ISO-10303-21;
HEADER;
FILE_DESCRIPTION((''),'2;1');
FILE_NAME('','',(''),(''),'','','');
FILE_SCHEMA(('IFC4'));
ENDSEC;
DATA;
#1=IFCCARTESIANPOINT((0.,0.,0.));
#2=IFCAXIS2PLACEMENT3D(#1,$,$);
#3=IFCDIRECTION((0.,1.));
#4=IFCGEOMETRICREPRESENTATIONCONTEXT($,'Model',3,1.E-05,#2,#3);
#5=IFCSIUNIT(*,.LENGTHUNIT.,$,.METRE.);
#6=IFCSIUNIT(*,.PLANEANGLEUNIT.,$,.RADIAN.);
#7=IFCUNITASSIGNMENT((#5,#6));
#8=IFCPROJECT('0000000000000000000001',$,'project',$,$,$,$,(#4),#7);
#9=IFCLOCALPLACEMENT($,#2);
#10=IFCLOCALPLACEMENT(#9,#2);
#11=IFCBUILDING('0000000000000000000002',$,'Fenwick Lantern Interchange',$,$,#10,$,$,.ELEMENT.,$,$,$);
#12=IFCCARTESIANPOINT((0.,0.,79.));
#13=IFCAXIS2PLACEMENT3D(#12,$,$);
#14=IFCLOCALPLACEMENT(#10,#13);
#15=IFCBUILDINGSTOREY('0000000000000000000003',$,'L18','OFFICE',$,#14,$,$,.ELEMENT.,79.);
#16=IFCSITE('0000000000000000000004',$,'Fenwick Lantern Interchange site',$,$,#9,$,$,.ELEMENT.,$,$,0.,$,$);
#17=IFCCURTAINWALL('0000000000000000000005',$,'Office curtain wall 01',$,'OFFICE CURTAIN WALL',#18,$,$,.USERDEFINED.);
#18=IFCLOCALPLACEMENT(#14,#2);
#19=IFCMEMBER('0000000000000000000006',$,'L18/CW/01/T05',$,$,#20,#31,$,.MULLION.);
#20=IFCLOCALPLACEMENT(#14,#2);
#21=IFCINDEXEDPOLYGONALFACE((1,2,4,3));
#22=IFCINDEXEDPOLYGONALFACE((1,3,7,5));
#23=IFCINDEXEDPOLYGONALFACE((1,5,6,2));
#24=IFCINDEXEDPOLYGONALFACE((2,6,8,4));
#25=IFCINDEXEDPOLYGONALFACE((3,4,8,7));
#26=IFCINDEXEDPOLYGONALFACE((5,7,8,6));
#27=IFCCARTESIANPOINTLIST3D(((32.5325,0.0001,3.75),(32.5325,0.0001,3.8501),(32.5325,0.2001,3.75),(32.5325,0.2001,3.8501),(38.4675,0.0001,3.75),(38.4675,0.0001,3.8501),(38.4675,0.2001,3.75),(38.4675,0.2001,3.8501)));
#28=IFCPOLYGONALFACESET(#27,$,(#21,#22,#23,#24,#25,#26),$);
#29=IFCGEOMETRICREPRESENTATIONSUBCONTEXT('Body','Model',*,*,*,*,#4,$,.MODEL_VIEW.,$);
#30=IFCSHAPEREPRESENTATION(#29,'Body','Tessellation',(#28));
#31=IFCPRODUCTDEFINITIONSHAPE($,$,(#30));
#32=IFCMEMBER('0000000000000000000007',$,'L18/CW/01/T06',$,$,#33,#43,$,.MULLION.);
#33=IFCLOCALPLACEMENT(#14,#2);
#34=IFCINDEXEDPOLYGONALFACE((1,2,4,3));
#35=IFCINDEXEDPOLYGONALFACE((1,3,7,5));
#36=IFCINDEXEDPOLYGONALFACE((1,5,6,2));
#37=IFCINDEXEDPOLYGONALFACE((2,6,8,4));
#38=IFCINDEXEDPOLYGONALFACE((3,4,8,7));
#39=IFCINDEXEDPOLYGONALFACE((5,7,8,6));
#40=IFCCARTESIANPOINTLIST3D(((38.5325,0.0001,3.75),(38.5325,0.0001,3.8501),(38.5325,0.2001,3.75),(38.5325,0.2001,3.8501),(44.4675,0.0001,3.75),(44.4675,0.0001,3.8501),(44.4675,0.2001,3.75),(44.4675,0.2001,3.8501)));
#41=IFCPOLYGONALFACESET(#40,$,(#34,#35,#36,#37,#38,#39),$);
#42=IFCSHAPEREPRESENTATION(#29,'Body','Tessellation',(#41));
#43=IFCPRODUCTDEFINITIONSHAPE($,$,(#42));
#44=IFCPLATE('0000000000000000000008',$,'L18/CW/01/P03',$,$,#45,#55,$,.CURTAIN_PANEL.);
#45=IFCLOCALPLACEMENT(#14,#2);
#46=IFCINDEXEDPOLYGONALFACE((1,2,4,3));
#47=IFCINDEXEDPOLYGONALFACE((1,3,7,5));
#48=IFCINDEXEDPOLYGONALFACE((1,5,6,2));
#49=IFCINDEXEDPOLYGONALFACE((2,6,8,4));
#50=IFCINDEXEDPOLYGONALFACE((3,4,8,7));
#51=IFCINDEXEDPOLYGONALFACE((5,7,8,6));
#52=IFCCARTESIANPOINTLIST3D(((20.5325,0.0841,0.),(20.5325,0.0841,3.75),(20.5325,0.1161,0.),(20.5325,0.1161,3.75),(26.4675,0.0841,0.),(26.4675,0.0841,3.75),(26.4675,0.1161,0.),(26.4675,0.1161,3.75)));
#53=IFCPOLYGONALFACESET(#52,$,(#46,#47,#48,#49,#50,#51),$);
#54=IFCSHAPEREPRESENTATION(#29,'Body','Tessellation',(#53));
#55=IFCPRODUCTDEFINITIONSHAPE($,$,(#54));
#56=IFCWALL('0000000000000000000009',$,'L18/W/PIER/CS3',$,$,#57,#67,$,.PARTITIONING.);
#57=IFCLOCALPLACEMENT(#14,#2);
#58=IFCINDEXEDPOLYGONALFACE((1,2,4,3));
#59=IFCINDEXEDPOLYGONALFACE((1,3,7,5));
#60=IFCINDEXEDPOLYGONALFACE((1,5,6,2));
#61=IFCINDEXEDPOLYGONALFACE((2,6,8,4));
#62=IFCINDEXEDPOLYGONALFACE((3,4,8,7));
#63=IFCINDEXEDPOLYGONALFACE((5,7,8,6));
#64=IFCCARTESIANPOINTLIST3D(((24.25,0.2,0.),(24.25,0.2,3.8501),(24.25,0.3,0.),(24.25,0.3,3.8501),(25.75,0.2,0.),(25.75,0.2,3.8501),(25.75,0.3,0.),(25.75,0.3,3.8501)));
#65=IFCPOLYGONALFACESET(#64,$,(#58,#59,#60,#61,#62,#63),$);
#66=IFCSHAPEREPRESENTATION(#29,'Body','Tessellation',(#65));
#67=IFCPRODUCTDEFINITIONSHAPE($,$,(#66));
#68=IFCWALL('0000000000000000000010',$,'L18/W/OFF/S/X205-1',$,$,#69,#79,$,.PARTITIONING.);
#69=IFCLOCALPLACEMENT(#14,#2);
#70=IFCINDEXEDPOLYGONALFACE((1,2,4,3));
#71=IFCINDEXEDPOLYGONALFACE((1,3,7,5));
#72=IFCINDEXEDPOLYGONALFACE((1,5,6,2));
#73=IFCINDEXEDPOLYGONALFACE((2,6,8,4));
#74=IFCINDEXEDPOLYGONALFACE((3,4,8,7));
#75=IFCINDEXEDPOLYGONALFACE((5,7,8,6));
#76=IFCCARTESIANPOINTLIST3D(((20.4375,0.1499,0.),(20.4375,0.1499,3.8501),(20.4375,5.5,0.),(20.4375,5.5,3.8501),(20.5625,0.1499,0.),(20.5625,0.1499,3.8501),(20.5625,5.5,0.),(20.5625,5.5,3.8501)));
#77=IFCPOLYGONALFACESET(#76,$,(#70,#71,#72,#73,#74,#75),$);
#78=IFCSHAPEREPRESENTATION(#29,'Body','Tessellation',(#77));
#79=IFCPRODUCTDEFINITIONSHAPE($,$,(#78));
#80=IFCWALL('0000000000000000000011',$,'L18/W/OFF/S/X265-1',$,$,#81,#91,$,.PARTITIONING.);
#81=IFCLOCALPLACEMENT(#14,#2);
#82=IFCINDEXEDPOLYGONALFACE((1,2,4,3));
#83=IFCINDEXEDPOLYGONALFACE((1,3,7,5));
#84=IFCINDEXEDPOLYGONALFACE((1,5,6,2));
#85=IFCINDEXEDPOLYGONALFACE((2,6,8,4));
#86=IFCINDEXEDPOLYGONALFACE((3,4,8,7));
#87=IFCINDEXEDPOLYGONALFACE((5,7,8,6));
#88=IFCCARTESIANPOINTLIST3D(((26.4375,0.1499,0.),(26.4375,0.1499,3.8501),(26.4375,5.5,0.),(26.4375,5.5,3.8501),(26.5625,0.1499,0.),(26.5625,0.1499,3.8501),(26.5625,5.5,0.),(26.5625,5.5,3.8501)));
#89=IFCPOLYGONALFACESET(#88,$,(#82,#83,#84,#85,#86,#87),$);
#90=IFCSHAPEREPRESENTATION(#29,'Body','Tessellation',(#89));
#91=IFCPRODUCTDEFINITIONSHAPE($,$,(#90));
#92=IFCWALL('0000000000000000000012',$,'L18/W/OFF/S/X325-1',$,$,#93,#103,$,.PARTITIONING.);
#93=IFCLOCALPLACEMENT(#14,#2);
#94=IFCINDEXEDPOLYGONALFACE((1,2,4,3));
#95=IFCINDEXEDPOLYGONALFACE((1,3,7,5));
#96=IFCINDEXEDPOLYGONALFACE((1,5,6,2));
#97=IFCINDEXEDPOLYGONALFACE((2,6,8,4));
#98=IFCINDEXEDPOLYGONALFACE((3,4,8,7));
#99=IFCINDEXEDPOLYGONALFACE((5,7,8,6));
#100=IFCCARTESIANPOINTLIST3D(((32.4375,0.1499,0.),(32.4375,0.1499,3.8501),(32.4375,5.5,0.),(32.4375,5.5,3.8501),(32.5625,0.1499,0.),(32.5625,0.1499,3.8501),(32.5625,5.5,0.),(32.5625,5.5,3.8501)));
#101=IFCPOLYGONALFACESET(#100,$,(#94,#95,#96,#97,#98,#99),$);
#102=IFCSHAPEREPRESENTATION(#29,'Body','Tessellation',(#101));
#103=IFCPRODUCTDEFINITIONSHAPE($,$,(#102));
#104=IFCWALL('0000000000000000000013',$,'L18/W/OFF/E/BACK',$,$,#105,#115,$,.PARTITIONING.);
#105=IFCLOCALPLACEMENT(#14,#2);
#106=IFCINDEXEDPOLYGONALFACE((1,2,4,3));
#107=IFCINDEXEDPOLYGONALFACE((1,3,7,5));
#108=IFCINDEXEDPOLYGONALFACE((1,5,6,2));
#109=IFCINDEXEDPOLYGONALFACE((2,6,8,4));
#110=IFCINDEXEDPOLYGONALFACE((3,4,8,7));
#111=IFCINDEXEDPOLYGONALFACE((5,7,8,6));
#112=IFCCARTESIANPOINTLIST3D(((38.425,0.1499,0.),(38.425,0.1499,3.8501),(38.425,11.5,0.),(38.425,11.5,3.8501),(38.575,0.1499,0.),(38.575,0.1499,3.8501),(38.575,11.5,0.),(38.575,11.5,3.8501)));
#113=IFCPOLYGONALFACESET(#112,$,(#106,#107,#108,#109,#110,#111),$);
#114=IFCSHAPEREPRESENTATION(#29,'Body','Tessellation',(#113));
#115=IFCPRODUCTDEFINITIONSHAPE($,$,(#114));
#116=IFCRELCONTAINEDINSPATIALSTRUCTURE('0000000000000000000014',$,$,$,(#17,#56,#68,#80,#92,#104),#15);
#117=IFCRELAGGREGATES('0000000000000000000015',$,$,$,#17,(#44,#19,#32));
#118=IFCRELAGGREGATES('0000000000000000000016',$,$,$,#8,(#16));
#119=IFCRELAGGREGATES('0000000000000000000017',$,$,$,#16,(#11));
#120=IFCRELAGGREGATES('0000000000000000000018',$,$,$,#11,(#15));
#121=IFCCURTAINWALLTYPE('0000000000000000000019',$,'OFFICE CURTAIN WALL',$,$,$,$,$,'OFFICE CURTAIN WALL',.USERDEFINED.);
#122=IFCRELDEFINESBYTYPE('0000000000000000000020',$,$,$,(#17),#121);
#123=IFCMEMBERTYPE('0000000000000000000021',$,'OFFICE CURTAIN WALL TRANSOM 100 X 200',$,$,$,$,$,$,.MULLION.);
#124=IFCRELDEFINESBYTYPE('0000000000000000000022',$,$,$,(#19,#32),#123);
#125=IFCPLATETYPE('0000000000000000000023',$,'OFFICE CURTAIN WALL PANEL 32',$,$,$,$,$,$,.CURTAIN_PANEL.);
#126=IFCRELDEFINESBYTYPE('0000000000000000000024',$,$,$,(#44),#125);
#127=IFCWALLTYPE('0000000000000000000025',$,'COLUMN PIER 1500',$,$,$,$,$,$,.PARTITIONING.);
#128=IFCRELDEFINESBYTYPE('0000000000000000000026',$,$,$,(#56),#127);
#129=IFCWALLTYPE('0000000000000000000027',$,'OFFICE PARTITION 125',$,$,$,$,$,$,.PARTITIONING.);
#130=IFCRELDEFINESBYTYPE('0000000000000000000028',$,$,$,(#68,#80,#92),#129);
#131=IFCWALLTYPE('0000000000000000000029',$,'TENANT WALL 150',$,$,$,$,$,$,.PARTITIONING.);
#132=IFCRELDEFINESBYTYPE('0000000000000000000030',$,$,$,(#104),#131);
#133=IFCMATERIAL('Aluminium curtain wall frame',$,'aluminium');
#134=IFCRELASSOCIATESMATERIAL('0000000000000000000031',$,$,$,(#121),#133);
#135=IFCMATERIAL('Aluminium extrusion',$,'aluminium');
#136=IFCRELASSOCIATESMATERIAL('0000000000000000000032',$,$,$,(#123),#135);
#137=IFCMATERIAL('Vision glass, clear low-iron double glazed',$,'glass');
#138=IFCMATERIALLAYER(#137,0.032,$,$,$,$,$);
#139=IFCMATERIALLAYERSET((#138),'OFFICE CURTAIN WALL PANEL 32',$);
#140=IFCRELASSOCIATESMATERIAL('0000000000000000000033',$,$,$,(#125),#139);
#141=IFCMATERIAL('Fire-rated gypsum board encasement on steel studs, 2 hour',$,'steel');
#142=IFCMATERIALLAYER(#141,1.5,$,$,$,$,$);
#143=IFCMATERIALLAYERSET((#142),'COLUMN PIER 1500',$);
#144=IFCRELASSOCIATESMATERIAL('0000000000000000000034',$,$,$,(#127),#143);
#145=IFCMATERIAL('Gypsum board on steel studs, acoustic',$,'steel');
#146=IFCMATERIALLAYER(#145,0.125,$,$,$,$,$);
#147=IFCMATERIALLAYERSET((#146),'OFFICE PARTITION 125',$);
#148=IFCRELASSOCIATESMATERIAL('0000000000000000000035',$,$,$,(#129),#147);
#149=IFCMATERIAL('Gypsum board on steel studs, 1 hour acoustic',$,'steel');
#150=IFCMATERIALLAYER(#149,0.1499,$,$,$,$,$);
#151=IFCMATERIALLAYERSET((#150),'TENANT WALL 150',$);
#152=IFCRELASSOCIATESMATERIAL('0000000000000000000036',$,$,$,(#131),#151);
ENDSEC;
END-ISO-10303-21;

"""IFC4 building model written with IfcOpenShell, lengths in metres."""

from ifc_helpers import new_model, si_unit, direction, frame, frame_2d, origin, origin_2d, place, context, subcontext, project, spatial, rectangle, extrude, material, layer, layer_set, material_profile, profile_set, type_object, element, aggregate, save


model = new_model("IFC4")

# Units and contexts
model_context = context("Model", 3, precision=1e-05, world=origin(), true_north=direction((0.0, 1.0)))
body_context = subcontext(model_context, "Body", "Model", "MODEL_VIEW")
ifc_project = project(units=[si_unit("LENGTHUNIT", "METRE"), si_unit("PLANEANGLEUNIT", "RADIAN")], contexts=[model_context])

# Site, building, storey
site_placement = place(None, origin())
site = spatial("IfcSite", under=ifc_project, at=site_placement, Name="Fenwick Lantern Interchange site", CompositionType="ELEMENT", RefElevation=0.0)
building_placement = place(site_placement, origin())
building = spatial("IfcBuilding", under=site, at=building_placement, Name="Fenwick Lantern Interchange", CompositionType="ELEMENT")
storey_placement = place(building_placement, frame((0.0, 0.0, 79.0)))
storey = spatial("IfcBuildingStorey", under=building, at=storey_placement, Name="L18", Description="OFFICE", CompositionType="ELEMENT", Elevation=79.0)

# Curtain wall, members, plate
ifc_material_1 = material(Name="Aluminium curtain wall frame", Category="aluminium")
curtain_wall_type = type_object("IfcCurtainWallType", Name="OFFICE CURTAIN WALL", ElementType="OFFICE CURTAIN WALL", PredefinedType="USERDEFINED", material=ifc_material_1)
curtain_wall_placement = place(storey_placement, origin())
curtain_wall = element("IfcCurtainWall", 1, at=curtain_wall_placement, inside=storey, type_object=curtain_wall_type, Name="Office curtain wall 01", ObjectType="OFFICE CURTAIN WALL", PredefinedType="USERDEFINED")
ifc_material_2 = material(Name="Aluminium extrusion", Category="aluminium")
ifc_material_profile_1 = material_profile(ifc_material_2, rectangle(XDim=0.2, YDim=0.1001, at=origin_2d()), Name="OFFICE CURTAIN WALL TRANSOM 100 X 200")
ifc_profile_set_1 = profile_set([ifc_material_profile_1], Name="Aluminium extrusion")
member_type_1 = type_object("IfcMemberType", Name="OFFICE CURTAIN WALL TRANSOM 100 X 200", PredefinedType="MULLION", material=ifc_profile_set_1)
member_1_placement = place(storey_placement, frame((32.5325, 0.1001, 3.8), z_axis=(1.0, 0.0, 0.0), x_axis=(0.0, 1.0, 0.0)))
member_1 = element("IfcMember", 2, at=member_1_placement, type_object=member_type_1, Name="L18/CW/01/T05", PredefinedType="MULLION", context=body_context, shape_type="SweptSolid", body=[
    extrude(rectangle(XDim=0.2, YDim=0.1001, at=origin_2d()), origin(), (0.0, 0.0, 1.0), 5.9351),
])
member_2_placement = place(storey_placement, frame((38.5325, 0.1001, 3.8), z_axis=(1.0, 0.0, 0.0), x_axis=(0.0, 1.0, 0.0)))
member_2 = element("IfcMember", 3, at=member_2_placement, type_object=member_type_1, Name="L18/CW/01/T06", PredefinedType="MULLION", context=body_context, shape_type="SweptSolid", body=[
    extrude(rectangle(XDim=0.2, YDim=0.1001, at=origin_2d()), origin(), (0.0, 0.0, 1.0), 5.9351),
])
ifc_material_3 = material(Name="Vision glass, clear low-iron double glazed", Category="glass")
ifc_layer_1 = layer(ifc_material_3, 0.032)
ifc_layer_set_1 = layer_set([ifc_layer_1], Name="OFFICE CURTAIN WALL PANEL 32")
plate_type = type_object("IfcPlateType", Name="OFFICE CURTAIN WALL PANEL 32", PredefinedType="CURTAIN_PANEL", material=ifc_layer_set_1)
plate_placement = place(storey_placement, frame((23.5, 0.1001, 0.0), z_axis=(0.0, 0.0, 1.0), x_axis=(1.0, 0.0, 0.0)))
plate = element("IfcPlate", 4, at=plate_placement, type_object=plate_type, Name="L18/CW/01/P03", PredefinedType="CURTAIN_PANEL", context=body_context, shape_type="SweptSolid", body=[
    extrude(rectangle(XDim=5.9351, YDim=0.032, at=origin_2d()), origin(), (0.0, 0.0, 1.0), 3.75),
])
aggregate(curtain_wall, [plate, member_1, member_2])

# Walls
ifc_material_4 = material(Name="Fire-rated gypsum board encasement on steel studs, 2 hour", Category="steel")
ifc_layer_2 = layer(ifc_material_4, 1.5)
ifc_layer_set_2 = layer_set([ifc_layer_2], Name="COLUMN PIER 1500")
wall_type_1 = type_object("IfcWallType", Name="COLUMN PIER 1500", PredefinedType="PARTITIONING", material=ifc_layer_set_2)
wall_1_placement = place(storey_placement, frame((25.0, 0.2, 0.0), z_axis=(0.0, 0.0, 1.0), x_axis=(0.0, 1.0, 0.0)))
element("IfcWall", 5, at=wall_1_placement, inside=storey, type_object=wall_type_1, Name="L18/W/PIER/CS3", PredefinedType="PARTITIONING", context=body_context, shape_type="SweptSolid", body=[
    extrude(rectangle(XDim=0.1001, YDim=1.5, at=frame_2d((0.05, 0.0))), origin(), (0.0, 0.0, 1.0), 3.8501),
])
ifc_material_5 = material(Name="Gypsum board on steel studs, acoustic", Category="steel")
ifc_layer_3 = layer(ifc_material_5, 0.125)
ifc_layer_set_3 = layer_set([ifc_layer_3], Name="OFFICE PARTITION 125")
wall_type_2 = type_object("IfcWallType", Name="OFFICE PARTITION 125", PredefinedType="PARTITIONING", material=ifc_layer_set_3)
for number, where, z_axis, x_axis, name in (
    (6, (20.5, 0.1499, 0.0), (0.0, 0.0, 1.0), (0.0, 1.0, 0.0), "L18/W/OFF/S/X205-1"),
    (7, (26.5, 0.1499, 0.0), (0.0, 0.0, 1.0), (0.0, 1.0, 0.0), "L18/W/OFF/S/X265-1"),
    (8, (32.5, 0.1499, 0.0), (0.0, 0.0, 1.0), (0.0, 1.0, 0.0), "L18/W/OFF/S/X325-1"),
):
    element("IfcWall", number, at=place(storey_placement, frame(where, z_axis=z_axis, x_axis=x_axis)), inside=storey, type_object=wall_type_2, Name=name, PredefinedType="PARTITIONING", context=body_context, shape_type="SweptSolid", body=[
        extrude(rectangle(XDim=5.3501, YDim=0.125, at=frame_2d((2.675, 0.0))), origin(), (0.0, 0.0, 1.0), 3.8501),
    ])
ifc_material_6 = material(Name="Gypsum board on steel studs, 1 hour acoustic", Category="steel")
ifc_layer_4 = layer(ifc_material_6, 0.1499)
ifc_layer_set_4 = layer_set([ifc_layer_4], Name="TENANT WALL 150")
wall_type_3 = type_object("IfcWallType", Name="TENANT WALL 150", PredefinedType="PARTITIONING", material=ifc_layer_set_4)
wall_2_placement = place(storey_placement, frame((38.5, 0.1499, 0.0), z_axis=(0.0, 0.0, 1.0), x_axis=(0.0, 1.0, 0.0)))
element("IfcWall", 9, at=wall_2_placement, inside=storey, type_object=wall_type_3, Name="L18/W/OFF/E/BACK", PredefinedType="PARTITIONING", context=body_context, shape_type="SweptSolid", body=[
    extrude(rectangle(XDim=11.3501, YDim=0.1499, at=frame_2d((5.675, 0.0))), origin(), (0.0, 0.0, 1.0), 3.8501),
])

save(model, "model.ifc")
